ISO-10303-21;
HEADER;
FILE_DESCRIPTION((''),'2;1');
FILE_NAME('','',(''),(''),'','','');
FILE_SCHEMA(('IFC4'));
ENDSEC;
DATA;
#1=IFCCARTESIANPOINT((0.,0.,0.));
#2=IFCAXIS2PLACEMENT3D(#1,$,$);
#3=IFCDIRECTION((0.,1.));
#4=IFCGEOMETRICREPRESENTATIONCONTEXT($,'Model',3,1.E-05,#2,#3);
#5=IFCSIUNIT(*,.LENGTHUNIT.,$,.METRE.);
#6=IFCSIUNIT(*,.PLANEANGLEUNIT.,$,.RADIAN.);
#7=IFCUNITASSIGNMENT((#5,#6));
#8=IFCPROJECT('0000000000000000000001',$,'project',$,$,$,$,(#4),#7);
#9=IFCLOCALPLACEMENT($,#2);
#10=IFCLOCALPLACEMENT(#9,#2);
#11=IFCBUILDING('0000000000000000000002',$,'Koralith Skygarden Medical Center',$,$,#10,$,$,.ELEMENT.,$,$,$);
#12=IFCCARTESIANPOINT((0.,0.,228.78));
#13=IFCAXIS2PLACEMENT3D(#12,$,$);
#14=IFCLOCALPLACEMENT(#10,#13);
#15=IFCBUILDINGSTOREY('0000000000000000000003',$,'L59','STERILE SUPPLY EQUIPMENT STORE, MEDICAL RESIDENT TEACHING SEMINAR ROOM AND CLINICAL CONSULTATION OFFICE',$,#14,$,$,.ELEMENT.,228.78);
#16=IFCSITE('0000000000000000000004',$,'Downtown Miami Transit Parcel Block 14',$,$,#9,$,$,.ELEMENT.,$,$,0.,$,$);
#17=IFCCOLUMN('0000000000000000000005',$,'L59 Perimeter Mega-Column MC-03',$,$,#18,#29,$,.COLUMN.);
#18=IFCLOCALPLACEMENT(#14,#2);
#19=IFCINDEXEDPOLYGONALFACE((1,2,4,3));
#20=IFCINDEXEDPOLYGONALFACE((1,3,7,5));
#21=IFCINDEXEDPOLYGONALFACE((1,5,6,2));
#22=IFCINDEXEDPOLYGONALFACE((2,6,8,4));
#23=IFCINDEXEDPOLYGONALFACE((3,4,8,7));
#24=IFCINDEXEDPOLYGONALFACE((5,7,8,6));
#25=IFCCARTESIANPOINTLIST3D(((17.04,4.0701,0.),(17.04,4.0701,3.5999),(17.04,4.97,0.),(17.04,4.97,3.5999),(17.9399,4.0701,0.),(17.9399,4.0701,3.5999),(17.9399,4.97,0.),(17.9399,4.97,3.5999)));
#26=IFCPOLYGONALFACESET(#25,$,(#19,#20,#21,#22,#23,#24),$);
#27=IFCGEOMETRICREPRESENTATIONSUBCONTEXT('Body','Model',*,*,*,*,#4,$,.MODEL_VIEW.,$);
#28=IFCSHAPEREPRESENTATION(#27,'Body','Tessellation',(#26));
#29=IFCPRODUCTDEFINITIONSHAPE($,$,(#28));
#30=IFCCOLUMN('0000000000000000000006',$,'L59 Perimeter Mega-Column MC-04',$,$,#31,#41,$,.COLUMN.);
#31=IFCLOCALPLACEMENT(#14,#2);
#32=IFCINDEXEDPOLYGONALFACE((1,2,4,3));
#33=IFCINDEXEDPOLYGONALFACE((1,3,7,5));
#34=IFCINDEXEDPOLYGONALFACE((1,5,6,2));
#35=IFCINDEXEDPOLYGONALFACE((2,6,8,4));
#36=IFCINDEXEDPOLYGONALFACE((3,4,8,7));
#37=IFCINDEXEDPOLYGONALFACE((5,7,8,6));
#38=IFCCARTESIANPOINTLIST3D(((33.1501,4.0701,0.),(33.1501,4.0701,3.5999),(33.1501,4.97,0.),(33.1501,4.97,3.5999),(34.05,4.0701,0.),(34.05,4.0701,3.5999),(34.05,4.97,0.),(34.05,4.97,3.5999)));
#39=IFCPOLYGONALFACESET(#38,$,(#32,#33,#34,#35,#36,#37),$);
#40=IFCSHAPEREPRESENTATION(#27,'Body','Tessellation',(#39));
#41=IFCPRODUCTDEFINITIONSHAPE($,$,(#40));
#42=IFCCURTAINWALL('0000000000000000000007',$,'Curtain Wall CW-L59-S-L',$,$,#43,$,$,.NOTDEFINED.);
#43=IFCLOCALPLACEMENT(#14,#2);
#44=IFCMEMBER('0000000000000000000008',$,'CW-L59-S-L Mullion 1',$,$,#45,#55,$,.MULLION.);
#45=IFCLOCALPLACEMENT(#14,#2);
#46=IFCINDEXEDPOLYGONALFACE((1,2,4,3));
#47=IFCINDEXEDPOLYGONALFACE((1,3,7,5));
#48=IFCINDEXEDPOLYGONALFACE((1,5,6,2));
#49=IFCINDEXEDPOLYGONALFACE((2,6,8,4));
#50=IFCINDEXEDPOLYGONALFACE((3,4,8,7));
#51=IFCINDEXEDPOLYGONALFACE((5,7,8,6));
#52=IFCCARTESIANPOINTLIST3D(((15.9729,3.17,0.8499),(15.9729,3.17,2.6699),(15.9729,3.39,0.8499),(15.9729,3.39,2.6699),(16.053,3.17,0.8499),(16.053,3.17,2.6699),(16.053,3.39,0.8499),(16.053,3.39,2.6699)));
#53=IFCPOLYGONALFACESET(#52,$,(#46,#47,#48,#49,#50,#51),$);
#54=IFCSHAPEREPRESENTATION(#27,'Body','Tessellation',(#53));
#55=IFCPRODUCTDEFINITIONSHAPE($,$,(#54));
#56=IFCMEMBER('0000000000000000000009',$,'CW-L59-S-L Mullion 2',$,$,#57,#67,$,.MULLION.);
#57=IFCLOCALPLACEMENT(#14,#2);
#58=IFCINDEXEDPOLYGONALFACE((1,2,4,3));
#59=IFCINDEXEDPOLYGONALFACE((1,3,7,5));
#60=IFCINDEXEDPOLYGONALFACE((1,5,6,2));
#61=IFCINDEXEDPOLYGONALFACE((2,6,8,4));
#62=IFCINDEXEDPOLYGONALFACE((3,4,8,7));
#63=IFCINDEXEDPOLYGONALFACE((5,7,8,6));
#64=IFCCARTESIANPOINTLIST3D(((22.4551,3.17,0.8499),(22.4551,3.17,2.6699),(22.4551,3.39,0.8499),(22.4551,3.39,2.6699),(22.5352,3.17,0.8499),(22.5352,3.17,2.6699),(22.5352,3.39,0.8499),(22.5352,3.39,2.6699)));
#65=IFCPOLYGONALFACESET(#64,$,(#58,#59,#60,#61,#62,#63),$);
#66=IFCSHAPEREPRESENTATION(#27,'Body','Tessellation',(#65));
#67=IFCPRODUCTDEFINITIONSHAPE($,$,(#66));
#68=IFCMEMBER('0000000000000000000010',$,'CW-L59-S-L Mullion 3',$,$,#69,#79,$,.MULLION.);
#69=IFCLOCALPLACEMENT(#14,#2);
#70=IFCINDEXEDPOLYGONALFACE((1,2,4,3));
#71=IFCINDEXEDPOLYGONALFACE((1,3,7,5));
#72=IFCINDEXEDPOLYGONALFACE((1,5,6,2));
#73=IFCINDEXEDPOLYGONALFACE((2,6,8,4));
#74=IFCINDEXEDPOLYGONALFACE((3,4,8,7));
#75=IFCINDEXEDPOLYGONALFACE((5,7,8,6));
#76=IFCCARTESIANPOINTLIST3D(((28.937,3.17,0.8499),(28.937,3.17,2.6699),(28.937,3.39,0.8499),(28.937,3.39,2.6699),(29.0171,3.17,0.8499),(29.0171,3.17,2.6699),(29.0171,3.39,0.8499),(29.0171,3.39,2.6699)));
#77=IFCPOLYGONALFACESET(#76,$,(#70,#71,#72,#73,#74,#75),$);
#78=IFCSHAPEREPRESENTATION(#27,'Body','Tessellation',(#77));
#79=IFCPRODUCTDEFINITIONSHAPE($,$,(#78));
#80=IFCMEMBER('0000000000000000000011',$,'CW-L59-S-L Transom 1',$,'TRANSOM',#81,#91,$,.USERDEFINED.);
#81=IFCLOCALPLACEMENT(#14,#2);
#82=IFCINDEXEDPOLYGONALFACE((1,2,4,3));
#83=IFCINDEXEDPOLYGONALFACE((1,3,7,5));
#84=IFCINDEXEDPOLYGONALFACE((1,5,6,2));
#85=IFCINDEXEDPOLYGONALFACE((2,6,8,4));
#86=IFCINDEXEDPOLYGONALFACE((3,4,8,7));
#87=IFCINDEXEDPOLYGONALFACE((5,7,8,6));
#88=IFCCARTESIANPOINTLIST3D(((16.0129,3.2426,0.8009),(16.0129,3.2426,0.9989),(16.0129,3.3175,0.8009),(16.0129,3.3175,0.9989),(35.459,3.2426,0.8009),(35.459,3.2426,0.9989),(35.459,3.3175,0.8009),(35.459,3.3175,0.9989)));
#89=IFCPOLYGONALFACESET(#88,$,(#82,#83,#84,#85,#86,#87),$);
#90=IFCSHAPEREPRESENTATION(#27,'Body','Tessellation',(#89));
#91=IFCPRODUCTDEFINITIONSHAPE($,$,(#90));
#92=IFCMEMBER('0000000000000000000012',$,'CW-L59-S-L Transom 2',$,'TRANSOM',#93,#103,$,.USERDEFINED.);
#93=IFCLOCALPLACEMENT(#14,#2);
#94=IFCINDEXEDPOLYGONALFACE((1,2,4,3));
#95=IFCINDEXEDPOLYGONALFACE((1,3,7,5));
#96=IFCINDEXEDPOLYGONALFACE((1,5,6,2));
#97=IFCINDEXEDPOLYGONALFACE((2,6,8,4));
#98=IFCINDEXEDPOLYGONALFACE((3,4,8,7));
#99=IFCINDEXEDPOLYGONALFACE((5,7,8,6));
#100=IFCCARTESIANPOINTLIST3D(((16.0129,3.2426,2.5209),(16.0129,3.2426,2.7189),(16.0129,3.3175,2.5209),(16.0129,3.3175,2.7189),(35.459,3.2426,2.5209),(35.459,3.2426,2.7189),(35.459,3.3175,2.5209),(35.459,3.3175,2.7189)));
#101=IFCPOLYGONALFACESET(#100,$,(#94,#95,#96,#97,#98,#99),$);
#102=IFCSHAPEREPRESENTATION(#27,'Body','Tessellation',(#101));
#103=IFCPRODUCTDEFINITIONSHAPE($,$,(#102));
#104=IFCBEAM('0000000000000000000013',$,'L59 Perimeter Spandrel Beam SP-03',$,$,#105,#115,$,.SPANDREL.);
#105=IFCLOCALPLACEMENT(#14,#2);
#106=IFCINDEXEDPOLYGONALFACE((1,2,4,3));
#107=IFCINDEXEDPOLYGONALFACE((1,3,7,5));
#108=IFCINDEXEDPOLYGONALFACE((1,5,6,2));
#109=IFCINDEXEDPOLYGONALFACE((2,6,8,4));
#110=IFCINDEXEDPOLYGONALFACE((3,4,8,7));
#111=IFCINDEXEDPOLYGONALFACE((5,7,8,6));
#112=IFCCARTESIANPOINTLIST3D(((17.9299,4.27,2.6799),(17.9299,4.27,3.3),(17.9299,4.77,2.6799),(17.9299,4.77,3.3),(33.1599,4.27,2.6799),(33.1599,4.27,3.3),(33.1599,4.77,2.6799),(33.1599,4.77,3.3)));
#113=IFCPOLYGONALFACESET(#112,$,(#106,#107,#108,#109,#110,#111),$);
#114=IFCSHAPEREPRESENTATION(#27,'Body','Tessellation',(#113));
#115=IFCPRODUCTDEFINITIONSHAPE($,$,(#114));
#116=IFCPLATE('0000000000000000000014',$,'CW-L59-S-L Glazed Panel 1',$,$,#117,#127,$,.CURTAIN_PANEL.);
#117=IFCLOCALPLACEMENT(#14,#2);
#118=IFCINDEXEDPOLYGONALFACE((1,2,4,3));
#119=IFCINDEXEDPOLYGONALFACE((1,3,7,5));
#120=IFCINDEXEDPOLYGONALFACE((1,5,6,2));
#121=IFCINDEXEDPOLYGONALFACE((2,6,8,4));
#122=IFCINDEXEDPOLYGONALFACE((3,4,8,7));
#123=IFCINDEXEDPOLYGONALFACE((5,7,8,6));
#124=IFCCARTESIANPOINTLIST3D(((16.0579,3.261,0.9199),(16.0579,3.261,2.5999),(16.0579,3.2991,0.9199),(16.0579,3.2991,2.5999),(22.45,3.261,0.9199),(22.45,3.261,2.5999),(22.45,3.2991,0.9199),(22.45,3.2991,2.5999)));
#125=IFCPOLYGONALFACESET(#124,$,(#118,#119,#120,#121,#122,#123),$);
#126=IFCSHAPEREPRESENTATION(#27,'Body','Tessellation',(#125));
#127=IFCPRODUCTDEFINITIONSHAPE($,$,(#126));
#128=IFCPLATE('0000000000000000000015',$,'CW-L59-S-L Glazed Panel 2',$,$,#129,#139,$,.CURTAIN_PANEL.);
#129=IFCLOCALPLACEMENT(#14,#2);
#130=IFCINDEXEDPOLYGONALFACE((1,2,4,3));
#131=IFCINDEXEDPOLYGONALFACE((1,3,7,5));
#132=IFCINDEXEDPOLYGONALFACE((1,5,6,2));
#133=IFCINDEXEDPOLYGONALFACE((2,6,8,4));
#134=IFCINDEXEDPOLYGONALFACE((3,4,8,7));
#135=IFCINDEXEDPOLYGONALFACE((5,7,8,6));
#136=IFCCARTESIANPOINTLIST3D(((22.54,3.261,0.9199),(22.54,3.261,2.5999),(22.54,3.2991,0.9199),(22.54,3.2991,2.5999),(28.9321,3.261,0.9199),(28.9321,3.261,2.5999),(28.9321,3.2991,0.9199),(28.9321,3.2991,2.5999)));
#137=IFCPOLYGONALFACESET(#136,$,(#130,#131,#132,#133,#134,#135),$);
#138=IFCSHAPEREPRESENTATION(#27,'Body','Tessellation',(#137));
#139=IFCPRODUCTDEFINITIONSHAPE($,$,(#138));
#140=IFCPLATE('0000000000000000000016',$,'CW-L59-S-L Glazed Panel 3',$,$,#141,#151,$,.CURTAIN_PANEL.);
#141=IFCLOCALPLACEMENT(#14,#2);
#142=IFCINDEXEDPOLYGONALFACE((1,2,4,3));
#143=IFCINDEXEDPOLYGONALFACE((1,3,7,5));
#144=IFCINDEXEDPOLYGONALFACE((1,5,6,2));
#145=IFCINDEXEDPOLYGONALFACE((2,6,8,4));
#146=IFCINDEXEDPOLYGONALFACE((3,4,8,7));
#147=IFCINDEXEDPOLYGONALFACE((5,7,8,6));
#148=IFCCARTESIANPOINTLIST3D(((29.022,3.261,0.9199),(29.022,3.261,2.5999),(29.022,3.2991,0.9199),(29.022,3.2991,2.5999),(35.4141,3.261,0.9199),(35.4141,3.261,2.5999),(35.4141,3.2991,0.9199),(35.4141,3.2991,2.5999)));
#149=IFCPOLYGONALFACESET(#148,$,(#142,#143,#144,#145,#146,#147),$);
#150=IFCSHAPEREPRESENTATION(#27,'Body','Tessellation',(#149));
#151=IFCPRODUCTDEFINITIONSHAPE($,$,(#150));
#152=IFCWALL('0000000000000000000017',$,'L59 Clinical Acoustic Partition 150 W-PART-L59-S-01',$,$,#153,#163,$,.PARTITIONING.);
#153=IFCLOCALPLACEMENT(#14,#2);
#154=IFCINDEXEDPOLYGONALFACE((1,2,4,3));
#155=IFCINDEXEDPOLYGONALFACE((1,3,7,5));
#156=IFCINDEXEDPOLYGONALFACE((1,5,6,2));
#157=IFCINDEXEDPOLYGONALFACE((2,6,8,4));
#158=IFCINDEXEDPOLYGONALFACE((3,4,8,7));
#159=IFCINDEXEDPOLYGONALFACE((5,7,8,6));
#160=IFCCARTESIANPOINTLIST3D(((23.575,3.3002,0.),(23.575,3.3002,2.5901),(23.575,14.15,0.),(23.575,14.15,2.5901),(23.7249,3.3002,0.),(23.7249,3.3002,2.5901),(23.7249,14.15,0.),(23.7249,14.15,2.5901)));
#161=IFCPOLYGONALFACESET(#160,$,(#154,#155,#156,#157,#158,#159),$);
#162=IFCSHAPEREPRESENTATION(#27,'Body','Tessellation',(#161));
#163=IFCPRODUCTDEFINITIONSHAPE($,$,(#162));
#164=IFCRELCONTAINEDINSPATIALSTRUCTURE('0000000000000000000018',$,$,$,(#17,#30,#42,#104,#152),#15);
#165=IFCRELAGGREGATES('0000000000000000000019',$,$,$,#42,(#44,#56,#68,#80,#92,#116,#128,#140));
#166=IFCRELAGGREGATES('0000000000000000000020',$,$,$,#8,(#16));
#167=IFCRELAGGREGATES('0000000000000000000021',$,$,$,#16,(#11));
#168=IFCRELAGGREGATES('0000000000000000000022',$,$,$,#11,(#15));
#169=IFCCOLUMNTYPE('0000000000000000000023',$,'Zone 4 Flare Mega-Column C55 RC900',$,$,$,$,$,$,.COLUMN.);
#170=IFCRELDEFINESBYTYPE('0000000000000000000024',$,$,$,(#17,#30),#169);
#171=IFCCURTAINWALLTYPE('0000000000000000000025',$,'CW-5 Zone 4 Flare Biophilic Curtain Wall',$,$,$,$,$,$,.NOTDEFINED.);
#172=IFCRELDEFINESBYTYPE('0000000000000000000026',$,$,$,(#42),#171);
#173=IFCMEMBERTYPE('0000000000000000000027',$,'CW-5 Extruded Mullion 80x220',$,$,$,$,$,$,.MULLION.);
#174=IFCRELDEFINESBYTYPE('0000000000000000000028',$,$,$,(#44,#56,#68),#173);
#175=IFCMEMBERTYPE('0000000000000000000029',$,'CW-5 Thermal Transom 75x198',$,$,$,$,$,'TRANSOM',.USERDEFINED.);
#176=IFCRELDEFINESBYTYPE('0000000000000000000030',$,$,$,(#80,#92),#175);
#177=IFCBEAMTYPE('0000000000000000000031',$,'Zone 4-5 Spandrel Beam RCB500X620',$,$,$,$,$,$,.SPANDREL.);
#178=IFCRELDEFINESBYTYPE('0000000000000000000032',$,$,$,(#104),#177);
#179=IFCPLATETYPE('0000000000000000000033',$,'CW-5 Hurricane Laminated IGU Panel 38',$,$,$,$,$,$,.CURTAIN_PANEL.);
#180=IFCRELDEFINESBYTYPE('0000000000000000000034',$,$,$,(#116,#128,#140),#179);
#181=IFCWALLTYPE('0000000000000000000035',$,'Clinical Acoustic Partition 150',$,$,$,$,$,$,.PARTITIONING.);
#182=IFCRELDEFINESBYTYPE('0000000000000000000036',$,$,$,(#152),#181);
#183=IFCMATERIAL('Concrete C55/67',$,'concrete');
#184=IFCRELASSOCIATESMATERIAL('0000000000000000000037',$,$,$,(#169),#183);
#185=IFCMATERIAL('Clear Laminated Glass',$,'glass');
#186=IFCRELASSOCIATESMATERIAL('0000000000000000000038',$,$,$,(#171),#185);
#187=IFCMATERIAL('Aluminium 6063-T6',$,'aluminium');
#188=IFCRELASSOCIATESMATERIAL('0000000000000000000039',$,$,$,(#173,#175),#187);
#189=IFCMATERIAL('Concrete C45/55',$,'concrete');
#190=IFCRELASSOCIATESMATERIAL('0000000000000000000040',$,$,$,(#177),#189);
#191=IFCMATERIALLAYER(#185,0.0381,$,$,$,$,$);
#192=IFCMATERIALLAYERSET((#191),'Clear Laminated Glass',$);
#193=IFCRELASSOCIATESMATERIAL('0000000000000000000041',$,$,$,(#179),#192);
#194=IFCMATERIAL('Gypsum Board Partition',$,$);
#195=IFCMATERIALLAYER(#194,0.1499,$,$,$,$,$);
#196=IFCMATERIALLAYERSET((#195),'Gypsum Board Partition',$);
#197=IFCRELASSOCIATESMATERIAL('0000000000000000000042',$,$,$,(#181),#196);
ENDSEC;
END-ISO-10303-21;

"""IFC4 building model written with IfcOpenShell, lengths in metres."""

from ifc_helpers import new_model, si_unit, direction, frame, frame_2d, origin, origin_2d, place, context, subcontext, project, spatial, rectangle, extrude, material, layer, layer_set, material_profile, profile_set, type_object, element, aggregate, save


model = new_model("IFC4")

# Units and contexts
model_context = context("Model", 3, precision=1e-05, world=origin(), true_north=direction((0.0, 1.0)))
body_context = subcontext(model_context, "Body", "Model", "MODEL_VIEW")
ifc_project = project(units=[si_unit("LENGTHUNIT", "METRE"), si_unit("PLANEANGLEUNIT", "RADIAN")], contexts=[model_context])

# Site, building, storey
site_placement = place(None, origin())
site = spatial("IfcSite", under=ifc_project, at=site_placement, Name="Downtown Miami Transit Parcel Block 14", CompositionType="ELEMENT", RefElevation=0.0)
building_placement = place(site_placement, origin())
building = spatial("IfcBuilding", under=site, at=building_placement, Name="Koralith Skygarden Medical Center", CompositionType="ELEMENT")
storey_placement = place(building_placement, frame((0.0, 0.0, 228.78)))
storey = spatial("IfcBuildingStorey", under=building, at=storey_placement, Name="L59", Description="STERILE SUPPLY EQUIPMENT STORE, MEDICAL RESIDENT TEACHING SEMINAR ROOM AND CLINICAL CONSULTATION OFFICE", CompositionType="ELEMENT", Elevation=228.78)

# Columns
ifc_material_1 = material(Name="Concrete C55/67", Category="concrete")
ifc_material_profile_1 = material_profile(ifc_material_1, rectangle(XDim=0.8999, YDim=0.8999, at=origin_2d()), Name="RC900X900")
ifc_profile_set_1 = profile_set([ifc_material_profile_1], Name="Concrete C55/67")
column_type = type_object("IfcColumnType", Name="Zone 4 Flare Mega-Column C55 RC900", PredefinedType="COLUMN", material=ifc_profile_set_1)
for number, where, z_axis, x_axis, name in (
    (1, (17.49, 4.52, 0.0), (0.0, 0.0, 1.0), (1.0, 0.0, 0.0), "L59 Perimeter Mega-Column MC-03"),
    (2, (33.6001, 4.52, 0.0), (0.0, 0.0, 1.0), (1.0, 0.0, 0.0), "L59 Perimeter Mega-Column MC-04"),
):
    element("IfcColumn", number, at=place(storey_placement, frame(where, z_axis=z_axis, x_axis=x_axis)), inside=storey, type_object=column_type, Name=name, PredefinedType="COLUMN", context=body_context, shape_type="SweptSolid", body=[
        extrude(rectangle(XDim=0.8999, YDim=0.8999, at=origin_2d()), origin(), (0.0, 0.0, 1.0), 3.5999),
    ])

# Curtain wall, members
ifc_material_2 = material(Name="Clear Laminated Glass", Category="glass")
curtain_wall_type = type_object("IfcCurtainWallType", Name="CW-5 Zone 4 Flare Biophilic Curtain Wall", PredefinedType="NOTDEFINED", material=ifc_material_2)
curtain_wall_placement = place(storey_placement, origin())
curtain_wall = element("IfcCurtainWall", 3, at=curtain_wall_placement, inside=storey, type_object=curtain_wall_type, Name="Curtain Wall CW-L59-S-L", PredefinedType="NOTDEFINED")
ifc_material_3 = material(Name="Aluminium 6063-T6", Category="aluminium")
ifc_material_profile_2 = material_profile(ifc_material_3, rectangle(XDim=0.0801, YDim=0.22, at=origin_2d()), Name="MUL80X220")
ifc_profile_set_2 = profile_set([ifc_material_profile_2], Name="Aluminium 6063-T6")
member_type_1 = type_object("IfcMemberType", Name="CW-5 Extruded Mullion 80x220", PredefinedType="MULLION", material=ifc_profile_set_2)
member_1_placement = place(storey_placement, frame((16.0129, 3.28, 0.8499), z_axis=(0.0, 0.0, 1.0), x_axis=(1.0, 0.0, 0.0)))
member_1 = element("IfcMember", 4, at=member_1_placement, type_object=member_type_1, Name="CW-L59-S-L Mullion 1", PredefinedType="MULLION", context=body_context, shape_type="SweptSolid", body=[
    extrude(rectangle(XDim=0.0801, YDim=0.22, at=origin_2d()), origin(), (0.0, 0.0, 1.0), 1.8201),
])
member_2_placement = place(storey_placement, frame((22.4951, 3.28, 0.8499), z_axis=(0.0, 0.0, 1.0), x_axis=(1.0, 0.0, 0.0)))
member_2 = element("IfcMember", 5, at=member_2_placement, type_object=member_type_1, Name="CW-L59-S-L Mullion 2", PredefinedType="MULLION", context=body_context, shape_type="SweptSolid", body=[
    extrude(rectangle(XDim=0.0801, YDim=0.22, at=origin_2d()), origin(), (0.0, 0.0, 1.0), 1.8201),
])
member_3_placement = place(storey_placement, frame((28.9771, 3.28, 0.8499), z_axis=(0.0, 0.0, 1.0), x_axis=(1.0, 0.0, 0.0)))
member_3 = element("IfcMember", 6, at=member_3_placement, type_object=member_type_1, Name="CW-L59-S-L Mullion 3", PredefinedType="MULLION", context=body_context, shape_type="SweptSolid", body=[
    extrude(rectangle(XDim=0.0801, YDim=0.22, at=origin_2d()), origin(), (0.0, 0.0, 1.0), 1.8201),
])
ifc_material_profile_3 = material_profile(ifc_material_3, rectangle(XDim=0.075, YDim=0.198, at=origin_2d()), Name="TRN75X198")
ifc_profile_set_3 = profile_set([ifc_material_profile_3], Name="Aluminium 6063-T6")
member_type_2 = type_object("IfcMemberType", Name="CW-5 Thermal Transom 75x198", ElementType="TRANSOM", PredefinedType="USERDEFINED", material=ifc_profile_set_3)
member_4_placement = place(storey_placement, frame((16.0129, 3.28, 0.8999), z_axis=(1.0, 0.0, 0.0), x_axis=(0.0, 1.0, 0.0)))
member_4 = element("IfcMember", 7, at=member_4_placement, type_object=member_type_2, Name="CW-L59-S-L Transom 1", ObjectType="TRANSOM", PredefinedType="USERDEFINED", context=body_context, shape_type="SweptSolid", body=[
    extrude(rectangle(XDim=0.075, YDim=0.198, at=origin_2d()), origin(), (0.0, 0.0, 1.0), 19.446),
])
member_5_placement = place(storey_placement, frame((16.0129, 3.28, 2.6199), z_axis=(1.0, 0.0, 0.0), x_axis=(0.0, 1.0, 0.0)))
member_5 = element("IfcMember", 8, at=member_5_placement, type_object=member_type_2, Name="CW-L59-S-L Transom 2", ObjectType="TRANSOM", PredefinedType="USERDEFINED", context=body_context, shape_type="SweptSolid", body=[
    extrude(rectangle(XDim=0.075, YDim=0.198, at=origin_2d()), origin(), (0.0, 0.0, 1.0), 19.446),
])

# Beam
ifc_material_4 = material(Name="Concrete C45/55", Category="concrete")
ifc_material_profile_4 = material_profile(ifc_material_4, rectangle(XDim=0.5, YDim=0.6201, at=origin_2d()), Name="RCB500X620")
ifc_profile_set_4 = profile_set([ifc_material_profile_4], Name="Concrete C45/55")
beam_type = type_object("IfcBeamType", Name="Zone 4-5 Spandrel Beam RCB500X620", PredefinedType="SPANDREL", material=ifc_profile_set_4)
beam_placement = place(storey_placement, frame((17.9299, 4.52, 2.99), z_axis=(1.0, 0.0, 0.0), x_axis=(0.0, 1.0, 0.0)))
element("IfcBeam", 9, at=beam_placement, inside=storey, type_object=beam_type, Name="L59 Perimeter Spandrel Beam SP-03", PredefinedType="SPANDREL", context=body_context, shape_type="SweptSolid", body=[
    extrude(rectangle(XDim=0.5, YDim=0.6201, at=origin_2d()), origin(), (0.0, 0.0, 1.0), 15.23),
])

# Plates
ifc_layer_1 = layer(ifc_material_2, 0.0381)
ifc_layer_set_1 = layer_set([ifc_layer_1], Name="Clear Laminated Glass")
plate_type = type_object("IfcPlateType", Name="CW-5 Hurricane Laminated IGU Panel 38", PredefinedType="CURTAIN_PANEL", material=ifc_layer_set_1)
plate_1_placement = place(storey_placement, frame((19.2539, 3.28, 0.9199), z_axis=(0.0, 0.0, 1.0), x_axis=(1.0, 0.0, 0.0)))
plate_1 = element("IfcPlate", 10, at=plate_1_placement, type_object=plate_type, Name="CW-L59-S-L Glazed Panel 1", PredefinedType="CURTAIN_PANEL", context=body_context, shape_type="SweptSolid", body=[
    extrude(rectangle(XDim=6.3921, YDim=0.0381, at=origin_2d()), origin(), (0.0, 0.0, 1.0), 1.6799),
])
plate_2_placement = place(storey_placement, frame((25.7361, 3.28, 0.9199), z_axis=(0.0, 0.0, 1.0), x_axis=(1.0, 0.0, 0.0)))
plate_2 = element("IfcPlate", 11, at=plate_2_placement, type_object=plate_type, Name="CW-L59-S-L Glazed Panel 2", PredefinedType="CURTAIN_PANEL", context=body_context, shape_type="SweptSolid", body=[
    extrude(rectangle(XDim=6.3921, YDim=0.0381, at=origin_2d()), origin(), (0.0, 0.0, 1.0), 1.6799),
])
plate_3_placement = place(storey_placement, frame((32.218, 3.28, 0.9199), z_axis=(0.0, 0.0, 1.0), x_axis=(1.0, 0.0, 0.0)))
plate_3 = element("IfcPlate", 12, at=plate_3_placement, type_object=plate_type, Name="CW-L59-S-L Glazed Panel 3", PredefinedType="CURTAIN_PANEL", context=body_context, shape_type="SweptSolid", body=[
    extrude(rectangle(XDim=6.3921, YDim=0.0381, at=origin_2d()), origin(), (0.0, 0.0, 1.0), 1.6799),
])
aggregate(curtain_wall, [member_1, member_2, member_3, member_4, member_5, plate_1, plate_2, plate_3])

# Wall
ifc_material_5 = material(Name="Gypsum Board Partition")
ifc_layer_2 = layer(ifc_material_5, 0.1499)
ifc_layer_set_2 = layer_set([ifc_layer_2], Name="Gypsum Board Partition")
wall_type_1 = type_object("IfcWallType", Name="Clinical Acoustic Partition 150", PredefinedType="PARTITIONING", material=ifc_layer_set_2)
wall_1_placement = place(storey_placement, frame((23.6499, 14.1499, 0.0), z_axis=(0.0, 0.0, 1.0), x_axis=(0.0, -1.0, 0.0)))
element("IfcWall", 13, at=wall_1_placement, inside=storey, type_object=wall_type_1, Name="L59 Clinical Acoustic Partition 150 W-PART-L59-S-01", PredefinedType="PARTITIONING", context=body_context, shape_type="SweptSolid", body=[
    extrude(rectangle(XDim=10.8499, YDim=0.1499, at=frame_2d((5.4248, 0.0))), origin(), (0.0, 0.0, 1.0), 2.5901),
])

save(model, "model.ifc")
